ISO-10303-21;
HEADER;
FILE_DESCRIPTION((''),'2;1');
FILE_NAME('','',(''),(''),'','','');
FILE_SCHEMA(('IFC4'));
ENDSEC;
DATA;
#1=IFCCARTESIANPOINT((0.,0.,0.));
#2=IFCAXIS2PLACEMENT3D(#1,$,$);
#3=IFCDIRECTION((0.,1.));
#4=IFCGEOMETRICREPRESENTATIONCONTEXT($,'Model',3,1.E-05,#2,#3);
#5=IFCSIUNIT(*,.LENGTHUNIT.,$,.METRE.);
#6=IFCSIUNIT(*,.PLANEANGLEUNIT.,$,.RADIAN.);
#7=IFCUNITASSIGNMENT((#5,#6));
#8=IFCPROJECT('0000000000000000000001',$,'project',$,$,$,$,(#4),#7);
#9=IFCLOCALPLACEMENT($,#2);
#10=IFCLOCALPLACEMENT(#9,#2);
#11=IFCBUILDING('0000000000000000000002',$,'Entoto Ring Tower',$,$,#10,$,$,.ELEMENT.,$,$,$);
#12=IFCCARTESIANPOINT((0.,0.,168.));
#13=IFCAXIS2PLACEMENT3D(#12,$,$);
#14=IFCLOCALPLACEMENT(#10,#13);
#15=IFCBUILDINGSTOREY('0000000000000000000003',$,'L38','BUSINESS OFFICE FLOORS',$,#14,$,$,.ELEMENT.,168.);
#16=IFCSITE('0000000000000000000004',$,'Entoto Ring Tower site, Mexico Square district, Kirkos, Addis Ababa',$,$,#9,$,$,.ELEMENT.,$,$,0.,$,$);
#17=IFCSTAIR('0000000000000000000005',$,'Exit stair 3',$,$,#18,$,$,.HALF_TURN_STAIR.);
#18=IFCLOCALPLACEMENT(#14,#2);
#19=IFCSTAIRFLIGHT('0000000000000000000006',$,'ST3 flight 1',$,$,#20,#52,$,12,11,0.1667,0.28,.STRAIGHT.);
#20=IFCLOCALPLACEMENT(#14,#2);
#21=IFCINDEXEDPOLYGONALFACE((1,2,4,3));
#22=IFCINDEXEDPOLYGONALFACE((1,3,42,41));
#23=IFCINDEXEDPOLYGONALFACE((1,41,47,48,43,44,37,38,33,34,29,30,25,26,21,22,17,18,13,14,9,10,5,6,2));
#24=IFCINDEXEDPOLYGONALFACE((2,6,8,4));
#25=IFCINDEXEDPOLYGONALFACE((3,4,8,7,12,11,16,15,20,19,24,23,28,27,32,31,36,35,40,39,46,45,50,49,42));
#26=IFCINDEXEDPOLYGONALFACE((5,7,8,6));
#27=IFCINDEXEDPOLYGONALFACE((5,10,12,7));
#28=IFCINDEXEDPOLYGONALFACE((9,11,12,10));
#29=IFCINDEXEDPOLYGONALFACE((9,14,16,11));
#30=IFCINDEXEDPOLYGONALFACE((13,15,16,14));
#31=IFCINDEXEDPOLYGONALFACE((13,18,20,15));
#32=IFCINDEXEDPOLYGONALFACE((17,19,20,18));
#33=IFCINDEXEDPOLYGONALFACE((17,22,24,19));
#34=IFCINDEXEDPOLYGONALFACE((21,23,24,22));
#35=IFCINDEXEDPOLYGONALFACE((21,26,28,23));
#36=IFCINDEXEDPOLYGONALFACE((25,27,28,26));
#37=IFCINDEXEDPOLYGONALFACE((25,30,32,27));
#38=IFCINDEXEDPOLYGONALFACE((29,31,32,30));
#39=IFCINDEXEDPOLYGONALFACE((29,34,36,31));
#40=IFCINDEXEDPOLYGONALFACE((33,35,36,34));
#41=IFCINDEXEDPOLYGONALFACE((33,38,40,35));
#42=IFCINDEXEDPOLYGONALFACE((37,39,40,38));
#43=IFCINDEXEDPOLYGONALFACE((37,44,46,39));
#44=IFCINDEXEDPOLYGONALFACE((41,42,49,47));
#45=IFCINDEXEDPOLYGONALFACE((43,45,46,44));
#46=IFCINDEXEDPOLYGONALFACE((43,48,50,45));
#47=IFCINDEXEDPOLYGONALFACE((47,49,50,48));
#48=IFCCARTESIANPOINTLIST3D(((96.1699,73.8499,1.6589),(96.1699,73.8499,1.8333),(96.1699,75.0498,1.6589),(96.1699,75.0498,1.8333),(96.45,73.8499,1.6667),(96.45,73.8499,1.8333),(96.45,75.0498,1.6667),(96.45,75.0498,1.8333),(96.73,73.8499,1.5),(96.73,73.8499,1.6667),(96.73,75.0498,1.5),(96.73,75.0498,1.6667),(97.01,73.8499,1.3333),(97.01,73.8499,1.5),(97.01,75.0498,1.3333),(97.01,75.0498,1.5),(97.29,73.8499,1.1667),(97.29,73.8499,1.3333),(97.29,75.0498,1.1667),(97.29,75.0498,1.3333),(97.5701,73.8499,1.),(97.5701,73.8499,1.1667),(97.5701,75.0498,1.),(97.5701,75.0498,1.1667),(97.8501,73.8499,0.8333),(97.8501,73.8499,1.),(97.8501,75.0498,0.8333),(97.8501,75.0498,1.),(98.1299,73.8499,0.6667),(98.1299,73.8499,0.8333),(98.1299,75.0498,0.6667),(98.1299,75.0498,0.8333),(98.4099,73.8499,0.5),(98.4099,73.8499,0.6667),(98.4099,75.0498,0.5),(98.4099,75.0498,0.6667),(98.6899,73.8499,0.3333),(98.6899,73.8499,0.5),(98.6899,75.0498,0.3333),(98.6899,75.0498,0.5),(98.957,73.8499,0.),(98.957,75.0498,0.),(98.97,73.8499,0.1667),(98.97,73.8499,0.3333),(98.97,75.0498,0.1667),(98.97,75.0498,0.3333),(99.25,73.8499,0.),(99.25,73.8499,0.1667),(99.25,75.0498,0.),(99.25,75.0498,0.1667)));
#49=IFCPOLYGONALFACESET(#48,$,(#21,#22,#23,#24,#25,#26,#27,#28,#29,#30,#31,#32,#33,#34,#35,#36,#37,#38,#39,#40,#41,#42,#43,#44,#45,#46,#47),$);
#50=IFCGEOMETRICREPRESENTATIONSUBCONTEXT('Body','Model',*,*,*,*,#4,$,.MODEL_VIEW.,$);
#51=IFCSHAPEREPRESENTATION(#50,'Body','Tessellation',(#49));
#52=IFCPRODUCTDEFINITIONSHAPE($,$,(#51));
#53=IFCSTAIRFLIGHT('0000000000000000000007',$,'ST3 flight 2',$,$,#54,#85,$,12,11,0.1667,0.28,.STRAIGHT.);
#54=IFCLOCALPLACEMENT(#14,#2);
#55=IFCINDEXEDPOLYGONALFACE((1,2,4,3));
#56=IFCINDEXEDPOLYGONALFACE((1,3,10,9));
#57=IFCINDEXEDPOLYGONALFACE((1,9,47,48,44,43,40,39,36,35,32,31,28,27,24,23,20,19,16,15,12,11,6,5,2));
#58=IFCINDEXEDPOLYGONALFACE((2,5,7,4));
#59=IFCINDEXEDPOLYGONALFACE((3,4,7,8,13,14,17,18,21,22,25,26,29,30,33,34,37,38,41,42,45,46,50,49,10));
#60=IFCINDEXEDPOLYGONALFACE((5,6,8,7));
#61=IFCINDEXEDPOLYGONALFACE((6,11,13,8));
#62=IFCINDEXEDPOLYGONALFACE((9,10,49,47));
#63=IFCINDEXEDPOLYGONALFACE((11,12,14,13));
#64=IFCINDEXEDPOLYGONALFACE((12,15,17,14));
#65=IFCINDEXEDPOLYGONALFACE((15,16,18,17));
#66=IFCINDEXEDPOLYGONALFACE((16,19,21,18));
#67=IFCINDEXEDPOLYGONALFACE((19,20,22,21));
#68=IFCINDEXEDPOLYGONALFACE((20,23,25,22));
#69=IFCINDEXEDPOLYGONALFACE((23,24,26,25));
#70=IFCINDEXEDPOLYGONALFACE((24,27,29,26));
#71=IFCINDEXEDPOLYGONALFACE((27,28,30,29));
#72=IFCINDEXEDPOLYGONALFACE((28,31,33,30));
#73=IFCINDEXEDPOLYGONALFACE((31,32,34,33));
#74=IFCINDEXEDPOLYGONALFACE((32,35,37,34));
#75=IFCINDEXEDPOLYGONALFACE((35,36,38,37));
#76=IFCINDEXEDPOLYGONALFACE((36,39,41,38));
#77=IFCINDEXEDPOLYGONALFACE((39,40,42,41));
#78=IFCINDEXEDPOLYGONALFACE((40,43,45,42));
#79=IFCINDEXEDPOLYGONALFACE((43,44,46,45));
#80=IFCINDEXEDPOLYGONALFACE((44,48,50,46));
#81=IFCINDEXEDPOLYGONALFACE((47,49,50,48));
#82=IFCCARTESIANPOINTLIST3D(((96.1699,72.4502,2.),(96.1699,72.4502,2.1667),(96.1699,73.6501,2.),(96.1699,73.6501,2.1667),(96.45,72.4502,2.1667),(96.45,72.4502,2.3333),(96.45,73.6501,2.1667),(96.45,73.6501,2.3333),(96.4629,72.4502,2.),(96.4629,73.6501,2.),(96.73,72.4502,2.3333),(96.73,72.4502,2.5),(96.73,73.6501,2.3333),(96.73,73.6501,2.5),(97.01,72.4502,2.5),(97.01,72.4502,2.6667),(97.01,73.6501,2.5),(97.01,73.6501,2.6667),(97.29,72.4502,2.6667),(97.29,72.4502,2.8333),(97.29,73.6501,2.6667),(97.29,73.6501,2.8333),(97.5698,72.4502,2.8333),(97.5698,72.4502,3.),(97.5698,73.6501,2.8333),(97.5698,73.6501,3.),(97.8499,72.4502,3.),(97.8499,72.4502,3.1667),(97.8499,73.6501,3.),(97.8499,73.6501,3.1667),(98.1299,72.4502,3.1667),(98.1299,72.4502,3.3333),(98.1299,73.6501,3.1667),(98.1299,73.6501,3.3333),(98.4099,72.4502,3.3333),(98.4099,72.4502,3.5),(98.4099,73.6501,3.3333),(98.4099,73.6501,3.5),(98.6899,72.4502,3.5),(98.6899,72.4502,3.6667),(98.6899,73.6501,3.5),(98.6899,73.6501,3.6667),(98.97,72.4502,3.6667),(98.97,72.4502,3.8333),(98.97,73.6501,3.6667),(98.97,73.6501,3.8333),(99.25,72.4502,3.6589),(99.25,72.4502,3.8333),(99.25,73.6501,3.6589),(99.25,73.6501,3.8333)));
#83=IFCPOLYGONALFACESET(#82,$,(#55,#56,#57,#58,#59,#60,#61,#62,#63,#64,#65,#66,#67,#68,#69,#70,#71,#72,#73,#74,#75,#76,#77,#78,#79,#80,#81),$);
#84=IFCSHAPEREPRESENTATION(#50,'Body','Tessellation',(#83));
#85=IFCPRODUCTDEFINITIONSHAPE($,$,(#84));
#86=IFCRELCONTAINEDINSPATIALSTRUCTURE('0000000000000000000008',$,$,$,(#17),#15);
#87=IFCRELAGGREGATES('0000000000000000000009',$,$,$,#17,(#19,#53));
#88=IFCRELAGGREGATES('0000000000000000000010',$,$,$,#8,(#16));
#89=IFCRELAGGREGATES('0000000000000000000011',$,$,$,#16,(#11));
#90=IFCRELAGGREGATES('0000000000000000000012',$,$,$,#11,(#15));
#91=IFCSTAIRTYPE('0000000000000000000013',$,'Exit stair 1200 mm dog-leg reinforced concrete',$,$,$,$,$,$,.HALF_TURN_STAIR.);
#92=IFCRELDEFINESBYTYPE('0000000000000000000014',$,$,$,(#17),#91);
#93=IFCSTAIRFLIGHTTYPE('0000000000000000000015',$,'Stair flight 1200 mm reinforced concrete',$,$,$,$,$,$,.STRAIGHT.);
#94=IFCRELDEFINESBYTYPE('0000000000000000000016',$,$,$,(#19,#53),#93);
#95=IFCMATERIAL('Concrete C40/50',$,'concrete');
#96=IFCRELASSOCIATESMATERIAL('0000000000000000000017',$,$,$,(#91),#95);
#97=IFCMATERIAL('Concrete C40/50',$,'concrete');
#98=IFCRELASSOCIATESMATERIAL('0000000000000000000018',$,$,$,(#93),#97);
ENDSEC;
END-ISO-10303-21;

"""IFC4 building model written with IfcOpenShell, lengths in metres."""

from ifc_helpers import new_model, si_unit, direction, frame, origin, place, context, subcontext, project, spatial, polyline, outline, extrude, material, type_object, element, aggregate, save


model = new_model("IFC4")

# Units and contexts
model_context = context("Model", 3, precision=1e-05, world=origin(), true_north=direction((0.0, 1.0)))
body_context = subcontext(model_context, "Body", "Model", "MODEL_VIEW")
ifc_project = project(units=[si_unit("LENGTHUNIT", "METRE"), si_unit("PLANEANGLEUNIT", "RADIAN")], contexts=[model_context])

# Site, building, storey
site_placement = place(None, origin())
site = spatial("IfcSite", under=ifc_project, at=site_placement, Name="Entoto Ring Tower site, Mexico Square district, Kirkos, Addis Ababa", CompositionType="ELEMENT", RefElevation=0.0)
building_placement = place(site_placement, origin())
building = spatial("IfcBuilding", under=site, at=building_placement, Name="Entoto Ring Tower", CompositionType="ELEMENT")
storey_placement = place(building_placement, frame((0.0, 0.0, 168.0)))
storey = spatial("IfcBuildingStorey", under=building, at=storey_placement, Name="L38", Description="BUSINESS OFFICE FLOORS", CompositionType="ELEMENT", Elevation=168.0)

# Stair, stair flights
ifc_material_1 = material(Name="Concrete C40/50", Category="concrete")
stair_type = type_object("IfcStairType", Name="Exit stair 1200 mm dog-leg reinforced concrete", PredefinedType="HALF_TURN_STAIR", material=ifc_material_1)
stair_placement = place(storey_placement, origin())
stair = element("IfcStair", 1, at=stair_placement, inside=storey, type_object=stair_type, Name="Exit stair 3", PredefinedType="HALF_TURN_STAIR")
ifc_material_2 = material(Name="Concrete C40/50", Category="concrete")
stair_flight_type = type_object("IfcStairFlightType", Name="Stair flight 1200 mm reinforced concrete", PredefinedType="STRAIGHT", material=ifc_material_2)
stair_flight_1_placement = place(storey_placement, frame((99.25, 74.45, 0.0), z_axis=(0.0, 0.0, 1.0), x_axis=(-1.0, 0.0, 0.0)))
stair_flight_1 = element("IfcStairFlight", 2, at=stair_flight_1_placement, type_object=stair_flight_type, Name="ST3 flight 1", NumberOfRisers=12, NumberOfTreads=11, PredefinedType="STRAIGHT", RiserHeight=0.1667, TreadLength=0.28, context=body_context, shape_type="SweptSolid", body=[
    extrude(outline(polyline([(0.0, 0.0), (0.0, 0.1667), (0.28, 0.1667), (0.28, 0.3333), (0.5601, 0.3333), (0.5601, 0.5), (0.8401, 0.5), (0.8401, 0.6667), (1.1201, 0.6667), (1.1201, 0.8333), (1.3999, 0.8333), (1.3999, 1.0), (1.6799, 1.0), (1.6799, 1.1667), (1.96, 1.1667), (1.96, 1.3333), (2.24, 1.3333), (2.24, 1.5), (2.52, 1.5), (2.52, 1.6667), (2.8, 1.6667), (2.8, 1.8333), (3.0801, 1.8333), (3.0801, 2.0), (3.0801, 1.6589), (0.293, 0.0), (0.0, 0.0)])), frame((0.0, 0.6001, 0.0), z_axis=(0.0, -1.0, 0.0), x_axis=(1.0, 0.0, 0.0)), (0.0, 0.0, 1.0), 1.2),
])
stair_flight_2_placement = place(storey_placement, frame((96.1699, 73.05, 2.0), z_axis=(0.0, 0.0, 1.0), x_axis=(1.0, 0.0, 0.0)))
stair_flight_2 = element("IfcStairFlight", 3, at=stair_flight_2_placement, type_object=stair_flight_type, Name="ST3 flight 2", NumberOfRisers=12, NumberOfTreads=11, PredefinedType="STRAIGHT", RiserHeight=0.1667, TreadLength=0.28, context=body_context, shape_type="SweptSolid", body=[
    extrude(outline(polyline([(0.0, 0.0), (0.0, 0.1667), (0.28, 0.1667), (0.28, 0.3333), (0.5601, 0.3333), (0.5601, 0.5), (0.8401, 0.5), (0.8401, 0.6667), (1.1201, 0.6667), (1.1201, 0.8333), (1.3999, 0.8333), (1.3999, 1.0), (1.6799, 1.0), (1.6799, 1.1667), (1.96, 1.1667), (1.96, 1.3333), (2.24, 1.3333), (2.24, 1.5), (2.52, 1.5), (2.52, 1.6667), (2.8, 1.6667), (2.8, 1.8333), (3.0801, 1.8333), (3.0801, 2.0), (3.0801, 1.6589), (0.293, 0.0), (0.0, 0.0)])), frame((0.0, 0.6001, 0.0), z_axis=(0.0, -1.0, 0.0), x_axis=(1.0, 0.0, 0.0)), (0.0, 0.0, 1.0), 1.2),
])
aggregate(stair, [stair_flight_1, stair_flight_2])

save(model, "model.ifc")
